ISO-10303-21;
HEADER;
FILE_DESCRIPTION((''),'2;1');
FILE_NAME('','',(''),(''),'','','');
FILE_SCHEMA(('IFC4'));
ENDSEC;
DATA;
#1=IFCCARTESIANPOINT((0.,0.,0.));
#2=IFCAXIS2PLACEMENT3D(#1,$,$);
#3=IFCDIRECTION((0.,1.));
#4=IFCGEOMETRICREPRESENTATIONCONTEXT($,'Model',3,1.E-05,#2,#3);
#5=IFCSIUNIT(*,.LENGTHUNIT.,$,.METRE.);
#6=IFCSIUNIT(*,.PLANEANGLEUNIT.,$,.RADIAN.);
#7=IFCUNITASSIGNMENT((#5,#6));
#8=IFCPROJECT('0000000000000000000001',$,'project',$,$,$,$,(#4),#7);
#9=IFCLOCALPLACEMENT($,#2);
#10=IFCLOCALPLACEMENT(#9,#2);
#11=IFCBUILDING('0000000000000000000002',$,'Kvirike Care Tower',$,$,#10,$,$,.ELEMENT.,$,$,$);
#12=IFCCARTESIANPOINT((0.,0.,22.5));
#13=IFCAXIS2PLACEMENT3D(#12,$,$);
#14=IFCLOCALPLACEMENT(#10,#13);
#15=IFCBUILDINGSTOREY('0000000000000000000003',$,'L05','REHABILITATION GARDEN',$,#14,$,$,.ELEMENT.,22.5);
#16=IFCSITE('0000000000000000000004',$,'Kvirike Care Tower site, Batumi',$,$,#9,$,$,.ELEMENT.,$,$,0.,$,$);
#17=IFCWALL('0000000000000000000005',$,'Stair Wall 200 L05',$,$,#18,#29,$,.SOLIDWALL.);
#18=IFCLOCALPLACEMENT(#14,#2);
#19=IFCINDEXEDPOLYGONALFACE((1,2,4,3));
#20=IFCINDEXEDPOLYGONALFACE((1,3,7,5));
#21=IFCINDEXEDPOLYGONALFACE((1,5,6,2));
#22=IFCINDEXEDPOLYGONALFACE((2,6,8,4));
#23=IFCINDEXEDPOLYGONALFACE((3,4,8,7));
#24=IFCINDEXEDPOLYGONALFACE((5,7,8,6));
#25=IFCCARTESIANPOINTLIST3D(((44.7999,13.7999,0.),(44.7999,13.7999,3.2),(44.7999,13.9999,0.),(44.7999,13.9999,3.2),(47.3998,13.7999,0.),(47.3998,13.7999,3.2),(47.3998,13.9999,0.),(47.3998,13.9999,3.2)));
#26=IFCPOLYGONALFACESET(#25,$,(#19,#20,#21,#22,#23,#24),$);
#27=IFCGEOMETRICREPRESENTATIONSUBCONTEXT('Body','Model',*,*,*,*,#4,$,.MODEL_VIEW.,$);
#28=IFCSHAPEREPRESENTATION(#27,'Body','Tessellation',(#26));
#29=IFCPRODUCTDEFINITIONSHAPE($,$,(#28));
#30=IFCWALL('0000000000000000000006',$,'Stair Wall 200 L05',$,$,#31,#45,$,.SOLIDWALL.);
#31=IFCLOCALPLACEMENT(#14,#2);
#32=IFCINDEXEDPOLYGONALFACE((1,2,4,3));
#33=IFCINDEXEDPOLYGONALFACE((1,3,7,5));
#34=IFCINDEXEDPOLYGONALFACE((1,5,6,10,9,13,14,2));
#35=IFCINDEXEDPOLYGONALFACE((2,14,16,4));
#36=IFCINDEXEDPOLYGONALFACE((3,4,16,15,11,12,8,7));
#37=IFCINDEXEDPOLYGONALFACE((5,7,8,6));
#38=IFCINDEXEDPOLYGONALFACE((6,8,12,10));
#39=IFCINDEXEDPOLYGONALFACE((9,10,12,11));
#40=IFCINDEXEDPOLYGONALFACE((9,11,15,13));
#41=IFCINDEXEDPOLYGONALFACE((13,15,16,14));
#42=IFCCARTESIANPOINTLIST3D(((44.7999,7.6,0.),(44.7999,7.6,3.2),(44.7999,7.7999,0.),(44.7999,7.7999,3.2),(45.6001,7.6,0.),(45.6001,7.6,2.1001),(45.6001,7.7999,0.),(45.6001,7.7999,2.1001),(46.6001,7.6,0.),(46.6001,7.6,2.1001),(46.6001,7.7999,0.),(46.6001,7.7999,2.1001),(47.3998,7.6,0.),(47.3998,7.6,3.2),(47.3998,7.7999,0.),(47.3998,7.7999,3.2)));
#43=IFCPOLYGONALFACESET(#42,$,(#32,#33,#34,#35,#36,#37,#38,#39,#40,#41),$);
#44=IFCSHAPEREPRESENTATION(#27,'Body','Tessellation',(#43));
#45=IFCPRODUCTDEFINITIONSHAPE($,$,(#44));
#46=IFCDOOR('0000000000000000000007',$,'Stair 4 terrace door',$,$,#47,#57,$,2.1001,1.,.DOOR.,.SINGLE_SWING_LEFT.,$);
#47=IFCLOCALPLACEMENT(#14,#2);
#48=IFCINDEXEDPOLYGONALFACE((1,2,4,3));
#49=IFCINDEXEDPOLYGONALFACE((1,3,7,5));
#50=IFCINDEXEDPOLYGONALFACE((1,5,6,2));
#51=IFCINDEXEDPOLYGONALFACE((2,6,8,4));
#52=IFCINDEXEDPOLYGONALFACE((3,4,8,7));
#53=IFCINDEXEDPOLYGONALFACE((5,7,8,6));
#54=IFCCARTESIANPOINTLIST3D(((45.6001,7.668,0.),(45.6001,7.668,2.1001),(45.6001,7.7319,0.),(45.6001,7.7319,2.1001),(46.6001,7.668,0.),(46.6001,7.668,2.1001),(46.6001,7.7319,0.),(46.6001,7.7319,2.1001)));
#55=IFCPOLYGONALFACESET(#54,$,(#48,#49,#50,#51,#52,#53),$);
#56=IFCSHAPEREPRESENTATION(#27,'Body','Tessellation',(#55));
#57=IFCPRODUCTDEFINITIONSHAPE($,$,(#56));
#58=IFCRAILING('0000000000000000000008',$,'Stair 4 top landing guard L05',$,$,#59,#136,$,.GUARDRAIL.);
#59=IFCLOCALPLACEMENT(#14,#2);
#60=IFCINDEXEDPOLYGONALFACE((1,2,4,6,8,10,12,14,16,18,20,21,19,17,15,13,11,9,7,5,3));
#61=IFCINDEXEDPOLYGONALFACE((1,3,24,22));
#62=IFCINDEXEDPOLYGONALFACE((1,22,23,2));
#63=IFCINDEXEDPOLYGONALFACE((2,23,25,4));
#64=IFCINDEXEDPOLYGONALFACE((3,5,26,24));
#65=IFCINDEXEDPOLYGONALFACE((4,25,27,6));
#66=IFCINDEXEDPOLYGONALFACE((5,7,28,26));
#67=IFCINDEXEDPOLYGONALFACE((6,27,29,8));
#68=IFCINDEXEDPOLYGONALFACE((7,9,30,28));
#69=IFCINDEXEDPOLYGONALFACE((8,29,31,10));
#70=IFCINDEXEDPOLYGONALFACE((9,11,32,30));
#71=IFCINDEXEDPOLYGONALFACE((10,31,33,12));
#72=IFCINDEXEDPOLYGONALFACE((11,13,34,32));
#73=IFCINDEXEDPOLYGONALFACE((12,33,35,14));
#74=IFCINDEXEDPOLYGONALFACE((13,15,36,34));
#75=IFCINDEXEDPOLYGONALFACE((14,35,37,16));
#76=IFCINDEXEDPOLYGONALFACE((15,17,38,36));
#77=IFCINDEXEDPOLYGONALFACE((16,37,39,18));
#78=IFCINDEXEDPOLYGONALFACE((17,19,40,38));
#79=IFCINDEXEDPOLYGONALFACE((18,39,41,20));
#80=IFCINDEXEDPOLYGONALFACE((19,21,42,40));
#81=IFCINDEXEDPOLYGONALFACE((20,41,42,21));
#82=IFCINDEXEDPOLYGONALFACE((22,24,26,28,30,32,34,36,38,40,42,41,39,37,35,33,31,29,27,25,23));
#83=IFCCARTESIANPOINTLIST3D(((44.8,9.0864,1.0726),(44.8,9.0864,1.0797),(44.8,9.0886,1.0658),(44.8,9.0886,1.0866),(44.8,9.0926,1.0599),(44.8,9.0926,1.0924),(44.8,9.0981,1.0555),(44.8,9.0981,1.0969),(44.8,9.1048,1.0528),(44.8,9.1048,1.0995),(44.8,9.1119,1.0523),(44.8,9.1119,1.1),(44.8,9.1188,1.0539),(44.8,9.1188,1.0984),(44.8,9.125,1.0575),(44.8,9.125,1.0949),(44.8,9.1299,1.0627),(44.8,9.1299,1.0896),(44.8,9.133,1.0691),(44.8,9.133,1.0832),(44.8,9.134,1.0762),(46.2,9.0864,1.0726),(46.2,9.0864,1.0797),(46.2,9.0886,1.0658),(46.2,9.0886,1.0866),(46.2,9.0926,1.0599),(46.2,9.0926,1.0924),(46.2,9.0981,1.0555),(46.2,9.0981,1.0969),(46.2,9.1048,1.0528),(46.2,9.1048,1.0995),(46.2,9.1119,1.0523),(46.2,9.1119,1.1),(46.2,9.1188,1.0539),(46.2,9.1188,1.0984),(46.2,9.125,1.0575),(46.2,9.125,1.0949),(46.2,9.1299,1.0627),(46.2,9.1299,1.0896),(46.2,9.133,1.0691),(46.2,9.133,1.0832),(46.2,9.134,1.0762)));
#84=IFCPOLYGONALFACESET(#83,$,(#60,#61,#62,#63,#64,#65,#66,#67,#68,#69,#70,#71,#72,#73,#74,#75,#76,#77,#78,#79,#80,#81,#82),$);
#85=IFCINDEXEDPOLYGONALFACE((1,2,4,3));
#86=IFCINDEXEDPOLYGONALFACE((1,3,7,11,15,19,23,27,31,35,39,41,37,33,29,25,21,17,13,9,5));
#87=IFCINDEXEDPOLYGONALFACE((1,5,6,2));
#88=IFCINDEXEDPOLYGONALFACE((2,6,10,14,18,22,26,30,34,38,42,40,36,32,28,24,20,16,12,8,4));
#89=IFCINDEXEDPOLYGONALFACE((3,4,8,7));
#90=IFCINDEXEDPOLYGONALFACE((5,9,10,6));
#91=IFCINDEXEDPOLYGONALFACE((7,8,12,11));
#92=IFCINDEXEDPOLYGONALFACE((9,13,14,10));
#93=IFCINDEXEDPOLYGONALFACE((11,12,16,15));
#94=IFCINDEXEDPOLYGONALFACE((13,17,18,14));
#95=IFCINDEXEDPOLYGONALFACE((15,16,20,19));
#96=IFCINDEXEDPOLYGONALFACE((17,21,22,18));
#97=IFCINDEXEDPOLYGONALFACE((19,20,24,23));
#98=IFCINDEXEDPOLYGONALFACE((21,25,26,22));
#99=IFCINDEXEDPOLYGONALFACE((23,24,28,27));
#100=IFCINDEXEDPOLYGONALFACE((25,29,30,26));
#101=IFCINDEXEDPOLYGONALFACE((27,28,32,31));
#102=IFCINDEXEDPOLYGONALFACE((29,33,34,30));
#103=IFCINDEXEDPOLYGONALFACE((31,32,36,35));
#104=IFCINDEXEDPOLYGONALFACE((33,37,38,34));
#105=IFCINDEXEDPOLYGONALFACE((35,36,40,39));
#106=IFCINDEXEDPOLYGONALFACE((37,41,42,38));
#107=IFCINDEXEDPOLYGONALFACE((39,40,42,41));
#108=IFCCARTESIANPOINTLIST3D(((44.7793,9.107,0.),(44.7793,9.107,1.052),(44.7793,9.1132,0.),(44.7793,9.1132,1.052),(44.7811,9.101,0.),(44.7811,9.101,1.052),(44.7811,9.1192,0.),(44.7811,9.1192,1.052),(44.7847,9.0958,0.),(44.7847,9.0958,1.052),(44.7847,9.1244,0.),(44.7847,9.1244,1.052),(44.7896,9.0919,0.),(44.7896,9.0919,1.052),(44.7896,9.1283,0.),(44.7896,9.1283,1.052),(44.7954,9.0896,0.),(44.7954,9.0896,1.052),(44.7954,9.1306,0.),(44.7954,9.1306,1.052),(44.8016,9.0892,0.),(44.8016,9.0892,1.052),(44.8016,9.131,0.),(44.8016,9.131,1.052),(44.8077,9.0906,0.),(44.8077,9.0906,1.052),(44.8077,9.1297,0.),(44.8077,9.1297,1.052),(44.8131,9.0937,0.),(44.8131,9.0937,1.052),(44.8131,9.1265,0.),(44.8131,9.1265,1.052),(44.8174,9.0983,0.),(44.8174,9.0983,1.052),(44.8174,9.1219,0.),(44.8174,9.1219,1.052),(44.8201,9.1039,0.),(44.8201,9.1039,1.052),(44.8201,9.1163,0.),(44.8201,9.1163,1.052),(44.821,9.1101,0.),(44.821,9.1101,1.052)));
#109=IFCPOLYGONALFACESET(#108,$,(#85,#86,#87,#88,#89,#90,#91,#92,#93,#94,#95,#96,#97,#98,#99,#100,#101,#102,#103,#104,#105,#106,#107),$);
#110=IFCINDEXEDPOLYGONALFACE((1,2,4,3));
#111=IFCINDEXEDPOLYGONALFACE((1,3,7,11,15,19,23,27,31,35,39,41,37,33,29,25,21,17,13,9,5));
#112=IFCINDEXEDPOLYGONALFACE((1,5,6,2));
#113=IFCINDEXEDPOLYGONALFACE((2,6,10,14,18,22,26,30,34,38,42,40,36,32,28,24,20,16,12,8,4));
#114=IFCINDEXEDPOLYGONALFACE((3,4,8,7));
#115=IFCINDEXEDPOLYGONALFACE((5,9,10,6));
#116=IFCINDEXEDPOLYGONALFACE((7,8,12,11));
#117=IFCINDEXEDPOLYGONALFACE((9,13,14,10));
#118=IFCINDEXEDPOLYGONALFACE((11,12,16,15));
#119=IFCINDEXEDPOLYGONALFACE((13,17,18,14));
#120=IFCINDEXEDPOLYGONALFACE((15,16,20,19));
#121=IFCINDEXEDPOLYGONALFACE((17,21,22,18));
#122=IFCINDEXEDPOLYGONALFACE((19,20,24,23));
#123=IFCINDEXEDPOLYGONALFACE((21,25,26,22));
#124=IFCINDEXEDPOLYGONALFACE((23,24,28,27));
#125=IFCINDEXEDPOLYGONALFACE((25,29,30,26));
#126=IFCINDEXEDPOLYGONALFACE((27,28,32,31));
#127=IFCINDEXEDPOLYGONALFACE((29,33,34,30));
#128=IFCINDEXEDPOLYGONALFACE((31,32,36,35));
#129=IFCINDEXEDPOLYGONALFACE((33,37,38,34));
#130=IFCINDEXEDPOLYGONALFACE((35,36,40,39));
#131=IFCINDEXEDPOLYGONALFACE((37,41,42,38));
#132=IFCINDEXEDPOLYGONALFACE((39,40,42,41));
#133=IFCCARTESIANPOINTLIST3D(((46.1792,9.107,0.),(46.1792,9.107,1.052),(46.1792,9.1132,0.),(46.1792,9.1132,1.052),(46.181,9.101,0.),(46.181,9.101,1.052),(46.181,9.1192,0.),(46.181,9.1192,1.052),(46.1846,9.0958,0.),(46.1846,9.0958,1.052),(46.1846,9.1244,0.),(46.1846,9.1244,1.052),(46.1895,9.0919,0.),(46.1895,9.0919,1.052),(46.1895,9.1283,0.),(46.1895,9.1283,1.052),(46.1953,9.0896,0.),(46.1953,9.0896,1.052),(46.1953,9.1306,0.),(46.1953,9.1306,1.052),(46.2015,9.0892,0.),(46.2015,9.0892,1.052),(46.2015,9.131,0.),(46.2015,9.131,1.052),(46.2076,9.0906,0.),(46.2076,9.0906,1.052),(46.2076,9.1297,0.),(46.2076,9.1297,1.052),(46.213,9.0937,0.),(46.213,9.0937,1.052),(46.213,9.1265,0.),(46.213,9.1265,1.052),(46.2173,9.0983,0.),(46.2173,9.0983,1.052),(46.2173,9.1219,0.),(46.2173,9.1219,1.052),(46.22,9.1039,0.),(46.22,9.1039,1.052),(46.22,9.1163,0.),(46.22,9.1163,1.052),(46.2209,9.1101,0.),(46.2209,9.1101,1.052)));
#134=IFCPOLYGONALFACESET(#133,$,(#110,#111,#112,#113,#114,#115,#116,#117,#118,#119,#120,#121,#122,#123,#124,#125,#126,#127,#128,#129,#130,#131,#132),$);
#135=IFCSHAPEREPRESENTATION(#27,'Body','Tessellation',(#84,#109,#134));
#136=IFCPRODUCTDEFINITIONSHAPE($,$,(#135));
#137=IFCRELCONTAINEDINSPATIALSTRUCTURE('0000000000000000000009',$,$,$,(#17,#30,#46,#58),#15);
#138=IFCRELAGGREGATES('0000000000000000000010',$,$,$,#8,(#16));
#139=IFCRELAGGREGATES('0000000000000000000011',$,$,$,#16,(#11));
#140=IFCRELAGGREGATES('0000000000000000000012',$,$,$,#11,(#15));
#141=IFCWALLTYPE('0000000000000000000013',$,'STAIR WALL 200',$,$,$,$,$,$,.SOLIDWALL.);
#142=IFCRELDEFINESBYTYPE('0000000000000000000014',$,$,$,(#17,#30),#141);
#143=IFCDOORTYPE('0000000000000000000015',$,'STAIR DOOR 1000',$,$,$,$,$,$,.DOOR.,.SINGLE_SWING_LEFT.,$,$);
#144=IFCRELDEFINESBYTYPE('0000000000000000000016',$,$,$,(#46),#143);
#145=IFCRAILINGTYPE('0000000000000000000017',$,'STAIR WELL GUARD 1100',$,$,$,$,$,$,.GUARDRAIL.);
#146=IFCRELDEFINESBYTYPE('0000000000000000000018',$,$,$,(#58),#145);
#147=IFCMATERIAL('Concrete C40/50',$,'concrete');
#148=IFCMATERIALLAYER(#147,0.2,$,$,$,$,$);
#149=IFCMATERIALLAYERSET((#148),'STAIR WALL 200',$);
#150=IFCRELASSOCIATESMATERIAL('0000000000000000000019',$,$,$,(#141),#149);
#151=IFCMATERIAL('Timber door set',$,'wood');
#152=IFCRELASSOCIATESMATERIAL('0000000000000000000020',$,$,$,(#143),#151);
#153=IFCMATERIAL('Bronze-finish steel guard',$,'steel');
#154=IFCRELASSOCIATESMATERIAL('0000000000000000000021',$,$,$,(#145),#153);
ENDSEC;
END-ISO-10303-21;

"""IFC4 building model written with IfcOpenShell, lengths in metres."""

from ifc_helpers import new_model, si_unit, direction, frame, frame_2d, origin, origin_2d, place, context, subcontext, project, spatial, rectangle, circle, extrude, material, layer, layer_set, type_object, element, fill, save


model = new_model("IFC4")

# Units and contexts
model_context = context("Model", 3, precision=1e-05, world=origin(), true_north=direction((0.0, 1.0)))
body_context = subcontext(model_context, "Body", "Model", "MODEL_VIEW")
ifc_project = project(units=[si_unit("LENGTHUNIT", "METRE"), si_unit("PLANEANGLEUNIT", "RADIAN")], contexts=[model_context])

# Site, building, storey
site_placement = place(None, origin())
site = spatial("IfcSite", under=ifc_project, at=site_placement, Name="Kvirike Care Tower site, Batumi", CompositionType="ELEMENT", RefElevation=0.0)
building_placement = place(site_placement, origin())
building = spatial("IfcBuilding", under=site, at=building_placement, Name="Kvirike Care Tower", CompositionType="ELEMENT")
storey_placement = place(building_placement, frame((0.0, 0.0, 22.5)))
storey = spatial("IfcBuildingStorey", under=building, at=storey_placement, Name="L05", Description="REHABILITATION GARDEN", CompositionType="ELEMENT", Elevation=22.5)

# Wall
ifc_material_1 = material(Name="Concrete C40/50", Category="concrete")
ifc_layer_1 = layer(ifc_material_1, 0.2)
ifc_layer_set_1 = layer_set([ifc_layer_1], Name="STAIR WALL 200")
wall_type_1 = type_object("IfcWallType", Name="STAIR WALL 200", PredefinedType="SOLIDWALL", material=ifc_layer_set_1)
wall_1_placement = place(storey_placement, frame((44.8, 13.8999, 0.0), z_axis=(0.0, 0.0, 1.0), x_axis=(1.0, 0.0, 0.0)))
element("IfcWall", 1, at=wall_1_placement, inside=storey, type_object=wall_type_1, Name="Stair Wall 200 L05", PredefinedType="SOLIDWALL", context=body_context, shape_type="SweptSolid", body=[
    extrude(rectangle(XDim=2.5999, YDim=0.2, at=frame_2d((1.2998, 0.0))), origin(), (0.0, 0.0, 1.0), 3.2),
])

# Wall, opening, door
wall_2_placement = place(storey_placement, frame((44.8, 7.7, 0.0), z_axis=(0.0, 0.0, 1.0), x_axis=(1.0, 0.0, 0.0)))
wall_2 = element("IfcWall", 2, at=wall_2_placement, inside=storey, type_object=wall_type_1, Name="Stair Wall 200 L05", PredefinedType="SOLIDWALL", context=body_context, shape_type="SweptSolid", body=[
    extrude(rectangle(XDim=2.5999, YDim=0.2, at=frame_2d((1.2998, 0.0))), origin(), (0.0, 0.0, 1.0), 3.2),
])
opening_1_placement = place(wall_2_placement, frame((0.8, 0.0, 0.0)))
opening_1 = element("IfcOpeningElement", 3, at=opening_1_placement, cuts=wall_2, PredefinedType="OPENING", context=body_context, shape_type="SweptSolid", body=[
    extrude(rectangle(XDim=1.0, YDim=2.1001, at=frame_2d((0.5, 1.05))), frame((0.0, 0.1106, 0.0), z_axis=(0.0, -1.0, 0.0), x_axis=(1.0, 0.0, 0.0)), (0.0, 0.0, 1.0), 0.2209),
])
ifc_material_2 = material(Name="Timber door set", Category="wood")
door_type_1 = type_object("IfcDoorType", Name="STAIR DOOR 1000", OperationType="SINGLE_SWING_LEFT", PredefinedType="DOOR", material=ifc_material_2)
door_1_placement = place(opening_1_placement, origin())
door_1 = element("IfcDoor", 4, at=door_1_placement, inside=storey, type_object=door_type_1, Name="Stair 4 terrace door", OperationType="SINGLE_SWING_LEFT", OverallHeight=2.1001, OverallWidth=1.0, PredefinedType="DOOR", context=body_context, shape_type="SweptSolid", body=[
    extrude(rectangle(XDim=1.0, YDim=2.1001, at=frame_2d((0.5, 1.05))), frame((0.0, 0.032, 0.0), z_axis=(0.0, -1.0, 0.0), x_axis=(1.0, 0.0, 0.0)), (0.0, 0.0, 1.0), 0.064),
])
fill(opening_1, door_1)

# Railing
ifc_material_3 = material(Name="Bronze-finish steel guard", Category="steel")
railing_type = type_object("IfcRailingType", Name="STAIR WELL GUARD 1100", PredefinedType="GUARDRAIL", material=ifc_material_3)
railing_placement = place(storey_placement, frame((44.8, 9.1101, 0.0)))
element("IfcRailing", 5, at=railing_placement, inside=storey, type_object=railing_type, Name="Stair 4 top landing guard L05", PredefinedType="GUARDRAIL", context=body_context, shape_type="SweptSolid", body=[
    extrude(circle(Radius=0.0239, at=origin_2d()), frame((0.0, 0.0, 1.0762), z_axis=(1.0, 0.0, 0.0), x_axis=(0.0, 1.0, 0.0)), (0.0, 0.0, 1.0), 1.3999),
    extrude(circle(Radius=0.021, at=origin_2d()), origin(), (0.0, 0.0, 1.0), 1.052),
    extrude(circle(Radius=0.021, at=origin_2d()), frame((1.3999, 0.0, 0.0)), (0.0, 0.0, 1.0), 1.052),
])

save(model, "model.ifc")
